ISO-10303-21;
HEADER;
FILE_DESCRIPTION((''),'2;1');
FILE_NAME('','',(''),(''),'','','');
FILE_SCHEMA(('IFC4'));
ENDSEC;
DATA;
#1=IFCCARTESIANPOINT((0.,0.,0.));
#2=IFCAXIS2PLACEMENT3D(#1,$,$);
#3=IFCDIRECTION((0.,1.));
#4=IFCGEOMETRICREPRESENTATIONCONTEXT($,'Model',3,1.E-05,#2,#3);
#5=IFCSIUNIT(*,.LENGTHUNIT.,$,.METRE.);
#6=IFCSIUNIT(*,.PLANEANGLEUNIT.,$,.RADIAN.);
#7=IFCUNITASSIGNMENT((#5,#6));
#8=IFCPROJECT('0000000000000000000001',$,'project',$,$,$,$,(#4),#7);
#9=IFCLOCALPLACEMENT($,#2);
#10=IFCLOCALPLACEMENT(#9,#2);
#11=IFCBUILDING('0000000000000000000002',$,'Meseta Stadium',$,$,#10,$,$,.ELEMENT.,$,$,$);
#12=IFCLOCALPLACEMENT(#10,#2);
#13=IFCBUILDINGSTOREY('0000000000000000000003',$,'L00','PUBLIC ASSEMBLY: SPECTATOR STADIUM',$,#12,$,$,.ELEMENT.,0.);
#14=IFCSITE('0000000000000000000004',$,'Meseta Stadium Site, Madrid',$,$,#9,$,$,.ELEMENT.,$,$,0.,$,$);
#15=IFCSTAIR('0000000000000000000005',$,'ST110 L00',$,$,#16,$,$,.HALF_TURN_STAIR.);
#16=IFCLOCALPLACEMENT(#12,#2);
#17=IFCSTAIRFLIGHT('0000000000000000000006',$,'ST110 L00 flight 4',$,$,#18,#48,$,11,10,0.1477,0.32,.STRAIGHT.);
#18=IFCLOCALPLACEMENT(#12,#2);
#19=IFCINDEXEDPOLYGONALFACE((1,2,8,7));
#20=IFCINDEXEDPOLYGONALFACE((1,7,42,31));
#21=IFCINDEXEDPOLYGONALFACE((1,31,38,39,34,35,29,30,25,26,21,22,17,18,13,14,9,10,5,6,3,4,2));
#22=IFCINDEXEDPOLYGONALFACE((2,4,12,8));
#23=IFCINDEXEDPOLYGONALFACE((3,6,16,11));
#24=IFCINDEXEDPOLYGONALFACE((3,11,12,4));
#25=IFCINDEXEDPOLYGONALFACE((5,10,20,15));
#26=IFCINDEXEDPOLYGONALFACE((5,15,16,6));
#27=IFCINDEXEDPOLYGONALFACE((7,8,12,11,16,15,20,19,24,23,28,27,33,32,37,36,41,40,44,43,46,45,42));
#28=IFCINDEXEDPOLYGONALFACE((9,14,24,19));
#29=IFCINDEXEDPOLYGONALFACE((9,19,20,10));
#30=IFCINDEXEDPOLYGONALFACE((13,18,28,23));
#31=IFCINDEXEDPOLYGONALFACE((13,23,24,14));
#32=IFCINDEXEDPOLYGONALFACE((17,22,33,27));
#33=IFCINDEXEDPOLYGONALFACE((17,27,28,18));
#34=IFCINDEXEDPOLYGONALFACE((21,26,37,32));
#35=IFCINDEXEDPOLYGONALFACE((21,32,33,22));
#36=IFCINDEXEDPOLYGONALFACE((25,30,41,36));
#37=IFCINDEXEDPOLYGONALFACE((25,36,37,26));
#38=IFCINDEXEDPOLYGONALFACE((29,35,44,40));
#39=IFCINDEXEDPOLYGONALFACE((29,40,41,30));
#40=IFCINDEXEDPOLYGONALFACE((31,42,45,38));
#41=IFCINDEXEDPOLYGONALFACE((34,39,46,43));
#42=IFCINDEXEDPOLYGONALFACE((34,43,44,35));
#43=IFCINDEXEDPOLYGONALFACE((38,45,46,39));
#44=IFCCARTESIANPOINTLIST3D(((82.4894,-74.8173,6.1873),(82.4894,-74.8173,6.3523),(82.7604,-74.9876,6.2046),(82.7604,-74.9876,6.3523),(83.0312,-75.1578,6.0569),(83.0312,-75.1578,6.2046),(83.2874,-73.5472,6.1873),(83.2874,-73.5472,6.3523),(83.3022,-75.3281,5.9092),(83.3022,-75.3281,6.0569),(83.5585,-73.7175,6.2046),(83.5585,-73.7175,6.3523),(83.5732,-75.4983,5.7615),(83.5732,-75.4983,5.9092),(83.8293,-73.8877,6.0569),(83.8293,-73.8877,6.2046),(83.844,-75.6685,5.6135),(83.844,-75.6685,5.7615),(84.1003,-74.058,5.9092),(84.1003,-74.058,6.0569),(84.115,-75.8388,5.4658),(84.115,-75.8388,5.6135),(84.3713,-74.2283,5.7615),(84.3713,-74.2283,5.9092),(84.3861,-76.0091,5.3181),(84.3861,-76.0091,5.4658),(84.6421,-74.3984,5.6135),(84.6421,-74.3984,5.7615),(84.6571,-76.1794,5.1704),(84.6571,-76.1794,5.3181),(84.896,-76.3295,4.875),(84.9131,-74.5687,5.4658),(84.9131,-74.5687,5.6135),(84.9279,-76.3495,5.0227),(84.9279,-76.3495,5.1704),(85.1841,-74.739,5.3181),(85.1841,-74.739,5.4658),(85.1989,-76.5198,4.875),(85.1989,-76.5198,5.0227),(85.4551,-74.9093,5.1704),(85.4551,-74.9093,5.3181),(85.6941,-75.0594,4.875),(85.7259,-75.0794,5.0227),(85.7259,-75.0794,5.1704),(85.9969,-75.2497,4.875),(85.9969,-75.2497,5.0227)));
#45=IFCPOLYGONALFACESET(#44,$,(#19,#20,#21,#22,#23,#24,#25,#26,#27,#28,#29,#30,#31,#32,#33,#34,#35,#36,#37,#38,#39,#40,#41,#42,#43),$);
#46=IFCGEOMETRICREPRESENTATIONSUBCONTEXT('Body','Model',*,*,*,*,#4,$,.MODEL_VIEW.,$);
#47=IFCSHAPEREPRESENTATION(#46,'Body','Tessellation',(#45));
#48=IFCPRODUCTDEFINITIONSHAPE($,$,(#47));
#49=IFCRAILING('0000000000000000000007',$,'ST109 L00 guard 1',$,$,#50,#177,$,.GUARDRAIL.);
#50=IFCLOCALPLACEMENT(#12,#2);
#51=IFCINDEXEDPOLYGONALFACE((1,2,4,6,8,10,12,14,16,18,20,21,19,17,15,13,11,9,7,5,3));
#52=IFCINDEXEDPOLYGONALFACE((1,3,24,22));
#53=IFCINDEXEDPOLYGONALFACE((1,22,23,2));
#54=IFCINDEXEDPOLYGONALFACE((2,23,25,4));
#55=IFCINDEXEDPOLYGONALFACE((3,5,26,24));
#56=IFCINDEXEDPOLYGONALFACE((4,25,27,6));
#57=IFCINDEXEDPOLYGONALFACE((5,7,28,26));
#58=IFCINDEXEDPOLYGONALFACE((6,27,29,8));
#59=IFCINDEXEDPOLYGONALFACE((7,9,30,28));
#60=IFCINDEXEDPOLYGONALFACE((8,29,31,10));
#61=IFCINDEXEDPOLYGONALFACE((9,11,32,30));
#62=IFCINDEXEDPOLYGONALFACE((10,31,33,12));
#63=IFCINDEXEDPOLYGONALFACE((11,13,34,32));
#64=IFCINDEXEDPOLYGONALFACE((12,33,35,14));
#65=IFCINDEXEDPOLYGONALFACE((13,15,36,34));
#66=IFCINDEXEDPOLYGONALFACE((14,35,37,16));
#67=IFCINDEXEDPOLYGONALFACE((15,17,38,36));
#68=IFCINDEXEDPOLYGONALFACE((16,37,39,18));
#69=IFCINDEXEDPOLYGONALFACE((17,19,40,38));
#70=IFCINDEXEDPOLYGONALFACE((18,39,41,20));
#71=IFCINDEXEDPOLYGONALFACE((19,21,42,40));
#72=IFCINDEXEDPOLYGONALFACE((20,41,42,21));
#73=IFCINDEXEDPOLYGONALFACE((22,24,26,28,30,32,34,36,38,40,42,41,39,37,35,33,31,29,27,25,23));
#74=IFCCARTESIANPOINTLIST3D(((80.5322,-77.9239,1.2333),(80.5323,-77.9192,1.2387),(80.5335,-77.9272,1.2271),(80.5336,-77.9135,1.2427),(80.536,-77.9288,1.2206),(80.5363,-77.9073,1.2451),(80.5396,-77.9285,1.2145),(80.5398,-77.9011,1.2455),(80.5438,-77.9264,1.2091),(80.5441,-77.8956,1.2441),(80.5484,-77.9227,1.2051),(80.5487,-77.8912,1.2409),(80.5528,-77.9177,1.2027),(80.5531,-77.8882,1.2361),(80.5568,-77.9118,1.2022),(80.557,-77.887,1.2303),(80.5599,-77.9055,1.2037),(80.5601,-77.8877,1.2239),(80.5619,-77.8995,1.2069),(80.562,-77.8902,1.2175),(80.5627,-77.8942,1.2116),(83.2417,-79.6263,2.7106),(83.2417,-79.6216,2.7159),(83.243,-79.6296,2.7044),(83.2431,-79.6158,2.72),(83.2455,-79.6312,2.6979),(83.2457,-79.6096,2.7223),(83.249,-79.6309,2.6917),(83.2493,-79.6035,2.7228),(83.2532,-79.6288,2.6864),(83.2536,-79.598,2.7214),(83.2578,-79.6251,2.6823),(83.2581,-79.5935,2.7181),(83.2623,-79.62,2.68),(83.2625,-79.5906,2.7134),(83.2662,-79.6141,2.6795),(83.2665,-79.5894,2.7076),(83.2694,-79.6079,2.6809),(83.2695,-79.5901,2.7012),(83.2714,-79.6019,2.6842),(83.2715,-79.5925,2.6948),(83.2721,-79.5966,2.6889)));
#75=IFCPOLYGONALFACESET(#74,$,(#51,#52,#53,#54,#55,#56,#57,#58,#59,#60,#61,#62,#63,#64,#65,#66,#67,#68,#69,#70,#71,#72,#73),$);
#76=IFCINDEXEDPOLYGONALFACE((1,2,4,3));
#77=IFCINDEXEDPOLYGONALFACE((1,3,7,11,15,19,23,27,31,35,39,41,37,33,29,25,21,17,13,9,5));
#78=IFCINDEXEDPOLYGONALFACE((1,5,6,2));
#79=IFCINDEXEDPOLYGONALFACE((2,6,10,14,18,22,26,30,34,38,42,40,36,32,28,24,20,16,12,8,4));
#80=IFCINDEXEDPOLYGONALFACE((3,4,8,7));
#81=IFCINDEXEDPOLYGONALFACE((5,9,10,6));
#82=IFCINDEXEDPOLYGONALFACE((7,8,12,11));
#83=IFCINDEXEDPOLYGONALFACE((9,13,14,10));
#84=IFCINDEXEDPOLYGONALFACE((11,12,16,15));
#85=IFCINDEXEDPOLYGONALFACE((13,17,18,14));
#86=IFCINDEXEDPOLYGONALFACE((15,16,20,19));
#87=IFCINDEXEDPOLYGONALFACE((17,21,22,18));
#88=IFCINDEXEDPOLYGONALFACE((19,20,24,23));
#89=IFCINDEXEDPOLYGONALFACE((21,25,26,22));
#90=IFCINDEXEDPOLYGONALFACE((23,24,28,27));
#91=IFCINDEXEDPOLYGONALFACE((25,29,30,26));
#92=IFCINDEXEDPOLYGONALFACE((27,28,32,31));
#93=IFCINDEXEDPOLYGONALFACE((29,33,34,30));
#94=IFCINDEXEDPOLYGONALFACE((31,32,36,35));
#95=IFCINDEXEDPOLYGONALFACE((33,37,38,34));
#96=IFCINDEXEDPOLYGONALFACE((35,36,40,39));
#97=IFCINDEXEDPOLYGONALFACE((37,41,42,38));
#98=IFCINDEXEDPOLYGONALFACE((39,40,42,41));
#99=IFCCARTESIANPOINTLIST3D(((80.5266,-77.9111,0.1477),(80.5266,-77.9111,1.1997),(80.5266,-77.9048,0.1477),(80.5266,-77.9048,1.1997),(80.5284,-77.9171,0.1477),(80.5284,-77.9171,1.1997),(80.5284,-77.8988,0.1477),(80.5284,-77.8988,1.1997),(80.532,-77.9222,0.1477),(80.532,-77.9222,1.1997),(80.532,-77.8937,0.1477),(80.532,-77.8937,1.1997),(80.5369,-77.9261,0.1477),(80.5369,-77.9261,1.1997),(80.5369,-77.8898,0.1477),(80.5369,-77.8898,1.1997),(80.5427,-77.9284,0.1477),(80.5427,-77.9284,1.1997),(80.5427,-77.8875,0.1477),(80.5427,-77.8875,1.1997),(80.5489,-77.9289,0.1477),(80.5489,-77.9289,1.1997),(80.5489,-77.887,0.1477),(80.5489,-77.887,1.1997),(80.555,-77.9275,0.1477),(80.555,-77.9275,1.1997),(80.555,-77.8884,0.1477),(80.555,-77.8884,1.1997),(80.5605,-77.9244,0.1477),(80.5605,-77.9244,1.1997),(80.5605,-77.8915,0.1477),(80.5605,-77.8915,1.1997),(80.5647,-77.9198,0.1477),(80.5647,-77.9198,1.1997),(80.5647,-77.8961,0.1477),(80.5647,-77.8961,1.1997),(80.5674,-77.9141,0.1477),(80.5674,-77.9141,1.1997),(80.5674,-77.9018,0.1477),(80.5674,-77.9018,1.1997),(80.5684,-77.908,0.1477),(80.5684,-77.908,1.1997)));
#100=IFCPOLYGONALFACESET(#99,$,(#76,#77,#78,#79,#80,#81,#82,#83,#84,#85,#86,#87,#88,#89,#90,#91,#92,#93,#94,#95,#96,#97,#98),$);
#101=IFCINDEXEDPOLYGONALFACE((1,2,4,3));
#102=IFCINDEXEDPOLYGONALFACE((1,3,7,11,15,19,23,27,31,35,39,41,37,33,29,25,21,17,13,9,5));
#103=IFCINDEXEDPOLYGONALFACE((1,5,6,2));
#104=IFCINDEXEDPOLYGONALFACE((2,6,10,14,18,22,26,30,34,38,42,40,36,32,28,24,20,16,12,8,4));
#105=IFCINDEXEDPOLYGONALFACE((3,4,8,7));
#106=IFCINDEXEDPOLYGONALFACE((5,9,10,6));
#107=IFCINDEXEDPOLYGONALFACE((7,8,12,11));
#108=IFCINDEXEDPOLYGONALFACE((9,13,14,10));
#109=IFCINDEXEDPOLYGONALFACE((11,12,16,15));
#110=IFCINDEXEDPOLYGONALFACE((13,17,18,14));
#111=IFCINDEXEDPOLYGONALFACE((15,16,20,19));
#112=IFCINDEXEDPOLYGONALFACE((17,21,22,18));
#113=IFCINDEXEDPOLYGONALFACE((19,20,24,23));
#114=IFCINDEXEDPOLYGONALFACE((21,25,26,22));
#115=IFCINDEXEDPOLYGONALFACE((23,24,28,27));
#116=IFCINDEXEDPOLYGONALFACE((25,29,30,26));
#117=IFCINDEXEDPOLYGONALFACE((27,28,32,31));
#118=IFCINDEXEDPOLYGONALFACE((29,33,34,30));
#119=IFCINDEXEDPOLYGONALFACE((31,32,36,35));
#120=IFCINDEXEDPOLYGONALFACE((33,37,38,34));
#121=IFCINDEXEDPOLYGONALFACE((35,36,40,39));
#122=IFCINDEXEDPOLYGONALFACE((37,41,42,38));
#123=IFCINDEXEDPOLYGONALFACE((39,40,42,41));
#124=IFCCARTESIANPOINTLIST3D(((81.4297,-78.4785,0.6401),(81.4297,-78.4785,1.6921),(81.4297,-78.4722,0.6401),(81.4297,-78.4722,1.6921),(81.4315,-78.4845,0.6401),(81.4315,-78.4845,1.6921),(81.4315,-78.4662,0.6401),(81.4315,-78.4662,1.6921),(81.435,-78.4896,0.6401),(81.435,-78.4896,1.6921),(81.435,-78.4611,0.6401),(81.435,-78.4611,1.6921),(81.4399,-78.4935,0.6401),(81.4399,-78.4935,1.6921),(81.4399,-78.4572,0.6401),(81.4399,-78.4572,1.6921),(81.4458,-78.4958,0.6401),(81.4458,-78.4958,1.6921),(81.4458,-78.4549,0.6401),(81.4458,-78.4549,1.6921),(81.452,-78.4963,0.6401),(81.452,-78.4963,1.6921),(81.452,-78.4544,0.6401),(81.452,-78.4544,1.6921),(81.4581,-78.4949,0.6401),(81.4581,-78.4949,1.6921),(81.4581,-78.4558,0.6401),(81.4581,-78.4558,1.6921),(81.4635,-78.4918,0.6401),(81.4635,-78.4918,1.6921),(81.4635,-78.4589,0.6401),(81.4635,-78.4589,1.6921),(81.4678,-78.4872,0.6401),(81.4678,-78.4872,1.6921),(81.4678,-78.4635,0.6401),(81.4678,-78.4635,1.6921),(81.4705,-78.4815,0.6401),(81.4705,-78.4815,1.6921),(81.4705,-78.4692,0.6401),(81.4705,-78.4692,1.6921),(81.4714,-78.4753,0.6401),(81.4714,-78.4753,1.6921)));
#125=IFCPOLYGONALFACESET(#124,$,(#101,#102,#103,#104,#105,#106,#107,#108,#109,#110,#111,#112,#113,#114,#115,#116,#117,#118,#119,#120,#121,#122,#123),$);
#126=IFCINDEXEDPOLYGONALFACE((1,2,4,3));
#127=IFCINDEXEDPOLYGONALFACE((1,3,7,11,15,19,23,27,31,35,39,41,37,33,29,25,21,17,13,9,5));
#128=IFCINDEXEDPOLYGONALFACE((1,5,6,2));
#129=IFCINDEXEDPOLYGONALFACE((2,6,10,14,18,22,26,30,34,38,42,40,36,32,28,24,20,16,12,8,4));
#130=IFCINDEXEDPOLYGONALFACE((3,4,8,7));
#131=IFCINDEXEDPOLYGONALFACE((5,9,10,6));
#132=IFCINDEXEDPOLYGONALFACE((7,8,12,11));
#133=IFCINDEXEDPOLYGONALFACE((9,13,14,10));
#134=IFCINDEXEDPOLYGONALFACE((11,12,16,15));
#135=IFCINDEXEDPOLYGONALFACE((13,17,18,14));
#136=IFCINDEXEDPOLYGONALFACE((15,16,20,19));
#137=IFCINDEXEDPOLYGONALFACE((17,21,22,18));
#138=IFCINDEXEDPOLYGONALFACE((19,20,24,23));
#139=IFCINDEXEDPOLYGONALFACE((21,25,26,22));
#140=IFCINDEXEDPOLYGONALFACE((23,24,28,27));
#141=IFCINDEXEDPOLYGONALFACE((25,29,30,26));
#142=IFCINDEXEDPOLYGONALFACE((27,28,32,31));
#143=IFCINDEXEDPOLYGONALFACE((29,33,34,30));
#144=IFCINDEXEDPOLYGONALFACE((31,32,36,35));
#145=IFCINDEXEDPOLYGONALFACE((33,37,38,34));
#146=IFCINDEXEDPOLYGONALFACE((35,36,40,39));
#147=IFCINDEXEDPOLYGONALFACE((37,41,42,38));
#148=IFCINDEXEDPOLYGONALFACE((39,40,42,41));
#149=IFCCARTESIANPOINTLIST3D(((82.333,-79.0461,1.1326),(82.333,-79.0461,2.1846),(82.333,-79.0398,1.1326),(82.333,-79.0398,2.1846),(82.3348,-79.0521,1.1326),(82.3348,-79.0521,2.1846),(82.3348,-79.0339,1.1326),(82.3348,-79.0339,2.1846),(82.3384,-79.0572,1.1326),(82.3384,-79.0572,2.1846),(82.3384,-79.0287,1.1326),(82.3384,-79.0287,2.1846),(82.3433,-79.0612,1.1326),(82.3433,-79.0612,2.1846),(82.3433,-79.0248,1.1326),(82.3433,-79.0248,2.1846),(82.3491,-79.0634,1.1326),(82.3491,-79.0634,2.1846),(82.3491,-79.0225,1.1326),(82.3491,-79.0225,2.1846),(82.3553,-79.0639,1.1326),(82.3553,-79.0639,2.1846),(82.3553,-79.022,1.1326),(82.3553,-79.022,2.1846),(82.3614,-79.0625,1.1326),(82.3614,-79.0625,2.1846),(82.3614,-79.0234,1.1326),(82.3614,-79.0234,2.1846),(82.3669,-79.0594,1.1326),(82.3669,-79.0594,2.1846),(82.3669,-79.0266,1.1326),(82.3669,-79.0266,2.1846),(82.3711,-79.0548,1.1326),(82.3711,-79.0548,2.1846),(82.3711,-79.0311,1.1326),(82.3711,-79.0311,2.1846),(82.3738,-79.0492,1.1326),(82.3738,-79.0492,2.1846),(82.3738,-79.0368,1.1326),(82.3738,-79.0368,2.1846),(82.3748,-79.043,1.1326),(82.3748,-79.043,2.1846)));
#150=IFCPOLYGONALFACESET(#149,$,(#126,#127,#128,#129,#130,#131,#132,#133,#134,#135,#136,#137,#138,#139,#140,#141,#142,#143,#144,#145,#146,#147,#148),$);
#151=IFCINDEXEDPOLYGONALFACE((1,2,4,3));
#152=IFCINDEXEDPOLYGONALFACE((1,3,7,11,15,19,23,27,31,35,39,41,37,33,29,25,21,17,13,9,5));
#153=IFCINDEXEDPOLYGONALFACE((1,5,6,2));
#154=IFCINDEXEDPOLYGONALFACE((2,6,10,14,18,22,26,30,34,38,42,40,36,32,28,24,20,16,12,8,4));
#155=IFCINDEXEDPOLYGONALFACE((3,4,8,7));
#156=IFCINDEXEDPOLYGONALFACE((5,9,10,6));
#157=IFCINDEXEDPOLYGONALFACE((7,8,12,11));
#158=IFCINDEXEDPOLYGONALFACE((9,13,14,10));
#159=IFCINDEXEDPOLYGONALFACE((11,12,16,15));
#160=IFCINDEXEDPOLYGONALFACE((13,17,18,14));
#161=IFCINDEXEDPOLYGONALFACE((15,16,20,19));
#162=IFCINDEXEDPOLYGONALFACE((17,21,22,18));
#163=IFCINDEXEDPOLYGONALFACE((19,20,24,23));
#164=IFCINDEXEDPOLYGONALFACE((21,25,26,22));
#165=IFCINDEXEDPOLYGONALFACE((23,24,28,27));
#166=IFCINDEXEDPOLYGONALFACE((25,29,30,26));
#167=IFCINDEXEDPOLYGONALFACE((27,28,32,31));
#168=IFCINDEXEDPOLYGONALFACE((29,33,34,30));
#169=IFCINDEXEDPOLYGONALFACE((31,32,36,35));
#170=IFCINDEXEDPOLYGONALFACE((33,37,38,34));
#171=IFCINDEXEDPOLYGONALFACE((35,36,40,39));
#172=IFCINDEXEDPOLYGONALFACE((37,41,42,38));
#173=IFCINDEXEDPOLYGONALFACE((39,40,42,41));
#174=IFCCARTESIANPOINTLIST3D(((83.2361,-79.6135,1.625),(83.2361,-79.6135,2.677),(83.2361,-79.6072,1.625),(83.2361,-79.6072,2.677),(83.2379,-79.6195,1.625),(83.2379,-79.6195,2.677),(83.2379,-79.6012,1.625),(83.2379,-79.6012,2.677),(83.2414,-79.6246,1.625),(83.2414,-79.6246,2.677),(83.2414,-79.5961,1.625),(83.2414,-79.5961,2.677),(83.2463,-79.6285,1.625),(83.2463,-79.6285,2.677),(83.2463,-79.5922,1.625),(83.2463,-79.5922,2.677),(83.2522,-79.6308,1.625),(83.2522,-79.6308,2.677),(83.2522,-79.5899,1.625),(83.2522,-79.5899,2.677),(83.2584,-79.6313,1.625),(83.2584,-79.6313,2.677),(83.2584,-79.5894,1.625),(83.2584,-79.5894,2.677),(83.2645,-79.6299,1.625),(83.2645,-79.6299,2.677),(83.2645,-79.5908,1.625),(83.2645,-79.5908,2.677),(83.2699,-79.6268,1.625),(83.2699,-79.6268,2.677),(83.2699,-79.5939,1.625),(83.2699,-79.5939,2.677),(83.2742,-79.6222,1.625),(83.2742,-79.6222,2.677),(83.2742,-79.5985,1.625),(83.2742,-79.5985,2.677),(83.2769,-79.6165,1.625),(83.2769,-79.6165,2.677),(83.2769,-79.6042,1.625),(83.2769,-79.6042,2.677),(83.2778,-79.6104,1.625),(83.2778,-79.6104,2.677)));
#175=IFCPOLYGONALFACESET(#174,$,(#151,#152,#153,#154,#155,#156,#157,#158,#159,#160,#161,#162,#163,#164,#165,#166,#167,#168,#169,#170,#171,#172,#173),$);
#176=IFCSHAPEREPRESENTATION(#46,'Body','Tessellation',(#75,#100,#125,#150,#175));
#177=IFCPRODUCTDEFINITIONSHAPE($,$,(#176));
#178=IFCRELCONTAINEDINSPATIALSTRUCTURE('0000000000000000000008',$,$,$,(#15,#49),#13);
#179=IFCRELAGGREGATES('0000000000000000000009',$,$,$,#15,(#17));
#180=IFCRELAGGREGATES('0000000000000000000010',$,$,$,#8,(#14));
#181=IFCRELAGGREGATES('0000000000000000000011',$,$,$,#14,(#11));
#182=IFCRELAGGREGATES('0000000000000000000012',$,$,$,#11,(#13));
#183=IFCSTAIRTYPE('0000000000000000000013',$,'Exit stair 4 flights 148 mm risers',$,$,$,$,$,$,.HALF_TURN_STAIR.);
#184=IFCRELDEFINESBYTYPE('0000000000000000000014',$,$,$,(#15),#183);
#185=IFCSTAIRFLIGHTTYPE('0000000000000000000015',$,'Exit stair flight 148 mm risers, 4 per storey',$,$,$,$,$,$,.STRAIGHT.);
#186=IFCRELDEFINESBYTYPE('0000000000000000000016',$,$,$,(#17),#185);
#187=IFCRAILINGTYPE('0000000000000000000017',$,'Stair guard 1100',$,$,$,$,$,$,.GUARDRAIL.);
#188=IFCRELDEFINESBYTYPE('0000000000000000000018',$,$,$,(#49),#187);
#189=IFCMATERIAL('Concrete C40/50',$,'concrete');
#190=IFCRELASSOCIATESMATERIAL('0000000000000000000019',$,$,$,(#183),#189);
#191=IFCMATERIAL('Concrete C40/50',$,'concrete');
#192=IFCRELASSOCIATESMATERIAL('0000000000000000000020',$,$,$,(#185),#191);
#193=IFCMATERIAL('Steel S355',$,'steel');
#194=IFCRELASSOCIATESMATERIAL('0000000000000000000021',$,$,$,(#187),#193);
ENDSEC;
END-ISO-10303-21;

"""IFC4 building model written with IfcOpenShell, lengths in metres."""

from ifc_helpers import new_model, si_unit, direction, frame, origin, origin_2d, place, context, subcontext, project, spatial, polyline, circle, outline, extrude, material, type_object, element, aggregate, save


model = new_model("IFC4")

# Units and contexts
model_context = context("Model", 3, precision=1e-05, world=origin(), true_north=direction((0.0, 1.0)))
body_context = subcontext(model_context, "Body", "Model", "MODEL_VIEW")
ifc_project = project(units=[si_unit("LENGTHUNIT", "METRE"), si_unit("PLANEANGLEUNIT", "RADIAN")], contexts=[model_context])

# Site, building, storey
site_placement = place(None, origin())
site = spatial("IfcSite", under=ifc_project, at=site_placement, Name="Meseta Stadium Site, Madrid", CompositionType="ELEMENT", RefElevation=0.0)
building_placement = place(site_placement, origin())
building = spatial("IfcBuilding", under=site, at=building_placement, Name="Meseta Stadium", CompositionType="ELEMENT")
storey_placement = place(building_placement, origin())
storey = spatial("IfcBuildingStorey", under=building, at=storey_placement, Name="L00", Description="PUBLIC ASSEMBLY: SPECTATOR STADIUM", CompositionType="ELEMENT", Elevation=0.0)

# Stair, stair flight
ifc_material_1 = material(Name="Concrete C40/50", Category="concrete")
stair_type = type_object("IfcStairType", Name="Exit stair 4 flights 148 mm risers", PredefinedType="HALF_TURN_STAIR", material=ifc_material_1)
ifc_material_2 = material(Name="Concrete C40/50", Category="concrete")
stair_flight_type = type_object("IfcStairFlightType", Name="Exit stair flight 148 mm risers, 4 per storey", PredefinedType="STRAIGHT", material=ifc_material_2)
stair_1_placement = place(storey_placement, origin())
stair_1 = element("IfcStair", 1, at=stair_1_placement, inside=storey, type_object=stair_type, Name="ST110 L00", PredefinedType="HALF_TURN_STAIR")
stair_flight_1_placement = place(storey_placement, frame((85.5979, -75.8848, 4.875), z_axis=(0.0, 0.0, 1.0), x_axis=(-0.846724, 0.532032, 0.0)))
stair_flight_1 = element("IfcStairFlight", 2, at=stair_flight_1_placement, type_object=stair_flight_type, Name="ST110 L00 flight 4", NumberOfRisers=11, NumberOfTreads=10, PredefinedType="STRAIGHT", RiserHeight=0.1477, TreadLength=0.32, context=body_context, shape_type="SweptSolid", body=[
    extrude(outline(polyline([(0.0, 0.0), (0.0, 0.1477), (0.3201, 0.1477), (0.3201, 0.2954), (0.6399, 0.2954), (0.6399, 0.4431), (0.96, 0.4431), (0.96, 0.5908), (1.28, 0.5908), (1.28, 0.7385), (1.6001, 0.7385), (1.6001, 0.8865), (1.9199, 0.8865), (1.9199, 1.0342), (2.24, 1.0342), (2.24, 1.1819), (2.5601, 1.1819), (2.5601, 1.3296), (2.8799, 1.3296), (2.8799, 1.4773), (3.2, 1.4773), (3.2, 1.3123), (0.3577, 0.0), (0.0, 0.0)])), frame((0.0, 0.75, 0.0), z_axis=(0.0, -1.0, 0.0), x_axis=(1.0, 0.0, 0.0)), (0.0, 0.0, 1.0), 1.5),
])
aggregate(stair_1, [stair_flight_1])

# Railing
ifc_material_3 = material(Name="Steel S355", Category="steel")
railing_type_1 = type_object("IfcRailingType", Name="Stair guard 1100", PredefinedType="GUARDRAIL", material=ifc_material_3)
railing_1_placement = place(storey_placement, frame((80.5474, -77.908, 0.1477)))
element("IfcRailing", 3, at=railing_1_placement, inside=storey, type_object=railing_type_1, Name="ST109 L00 guard 1", PredefinedType="GUARDRAIL", context=body_context, shape_type="SweptSolid", body=[
    extrude(circle(Radius=0.0239, at=origin_2d()), frame((0.0, 0.0, 1.0762), z_axis=(0.768764, -0.483023, 0.419156), x_axis=(0.532014, 0.846736, 0.0)), (0.0, 0.0, 1.0), 3.5244),
    extrude(circle(Radius=0.021, at=origin_2d()), origin(), (0.0, 0.0, 1.0), 1.052),
    extrude(circle(Radius=0.021, at=origin_2d()), frame((0.9031, -0.5674, 0.4924)), (0.0, 0.0, 1.0), 1.052),
    extrude(circle(Radius=0.021, at=origin_2d()), frame((1.8064, -1.135, 0.9849)), (0.0, 0.0, 1.0), 1.052),
    extrude(circle(Radius=0.021, at=origin_2d()), frame((2.7095, -1.7024, 1.4773)), (0.0, 0.0, 1.0), 1.052),
])

save(model, "model.ifc")
